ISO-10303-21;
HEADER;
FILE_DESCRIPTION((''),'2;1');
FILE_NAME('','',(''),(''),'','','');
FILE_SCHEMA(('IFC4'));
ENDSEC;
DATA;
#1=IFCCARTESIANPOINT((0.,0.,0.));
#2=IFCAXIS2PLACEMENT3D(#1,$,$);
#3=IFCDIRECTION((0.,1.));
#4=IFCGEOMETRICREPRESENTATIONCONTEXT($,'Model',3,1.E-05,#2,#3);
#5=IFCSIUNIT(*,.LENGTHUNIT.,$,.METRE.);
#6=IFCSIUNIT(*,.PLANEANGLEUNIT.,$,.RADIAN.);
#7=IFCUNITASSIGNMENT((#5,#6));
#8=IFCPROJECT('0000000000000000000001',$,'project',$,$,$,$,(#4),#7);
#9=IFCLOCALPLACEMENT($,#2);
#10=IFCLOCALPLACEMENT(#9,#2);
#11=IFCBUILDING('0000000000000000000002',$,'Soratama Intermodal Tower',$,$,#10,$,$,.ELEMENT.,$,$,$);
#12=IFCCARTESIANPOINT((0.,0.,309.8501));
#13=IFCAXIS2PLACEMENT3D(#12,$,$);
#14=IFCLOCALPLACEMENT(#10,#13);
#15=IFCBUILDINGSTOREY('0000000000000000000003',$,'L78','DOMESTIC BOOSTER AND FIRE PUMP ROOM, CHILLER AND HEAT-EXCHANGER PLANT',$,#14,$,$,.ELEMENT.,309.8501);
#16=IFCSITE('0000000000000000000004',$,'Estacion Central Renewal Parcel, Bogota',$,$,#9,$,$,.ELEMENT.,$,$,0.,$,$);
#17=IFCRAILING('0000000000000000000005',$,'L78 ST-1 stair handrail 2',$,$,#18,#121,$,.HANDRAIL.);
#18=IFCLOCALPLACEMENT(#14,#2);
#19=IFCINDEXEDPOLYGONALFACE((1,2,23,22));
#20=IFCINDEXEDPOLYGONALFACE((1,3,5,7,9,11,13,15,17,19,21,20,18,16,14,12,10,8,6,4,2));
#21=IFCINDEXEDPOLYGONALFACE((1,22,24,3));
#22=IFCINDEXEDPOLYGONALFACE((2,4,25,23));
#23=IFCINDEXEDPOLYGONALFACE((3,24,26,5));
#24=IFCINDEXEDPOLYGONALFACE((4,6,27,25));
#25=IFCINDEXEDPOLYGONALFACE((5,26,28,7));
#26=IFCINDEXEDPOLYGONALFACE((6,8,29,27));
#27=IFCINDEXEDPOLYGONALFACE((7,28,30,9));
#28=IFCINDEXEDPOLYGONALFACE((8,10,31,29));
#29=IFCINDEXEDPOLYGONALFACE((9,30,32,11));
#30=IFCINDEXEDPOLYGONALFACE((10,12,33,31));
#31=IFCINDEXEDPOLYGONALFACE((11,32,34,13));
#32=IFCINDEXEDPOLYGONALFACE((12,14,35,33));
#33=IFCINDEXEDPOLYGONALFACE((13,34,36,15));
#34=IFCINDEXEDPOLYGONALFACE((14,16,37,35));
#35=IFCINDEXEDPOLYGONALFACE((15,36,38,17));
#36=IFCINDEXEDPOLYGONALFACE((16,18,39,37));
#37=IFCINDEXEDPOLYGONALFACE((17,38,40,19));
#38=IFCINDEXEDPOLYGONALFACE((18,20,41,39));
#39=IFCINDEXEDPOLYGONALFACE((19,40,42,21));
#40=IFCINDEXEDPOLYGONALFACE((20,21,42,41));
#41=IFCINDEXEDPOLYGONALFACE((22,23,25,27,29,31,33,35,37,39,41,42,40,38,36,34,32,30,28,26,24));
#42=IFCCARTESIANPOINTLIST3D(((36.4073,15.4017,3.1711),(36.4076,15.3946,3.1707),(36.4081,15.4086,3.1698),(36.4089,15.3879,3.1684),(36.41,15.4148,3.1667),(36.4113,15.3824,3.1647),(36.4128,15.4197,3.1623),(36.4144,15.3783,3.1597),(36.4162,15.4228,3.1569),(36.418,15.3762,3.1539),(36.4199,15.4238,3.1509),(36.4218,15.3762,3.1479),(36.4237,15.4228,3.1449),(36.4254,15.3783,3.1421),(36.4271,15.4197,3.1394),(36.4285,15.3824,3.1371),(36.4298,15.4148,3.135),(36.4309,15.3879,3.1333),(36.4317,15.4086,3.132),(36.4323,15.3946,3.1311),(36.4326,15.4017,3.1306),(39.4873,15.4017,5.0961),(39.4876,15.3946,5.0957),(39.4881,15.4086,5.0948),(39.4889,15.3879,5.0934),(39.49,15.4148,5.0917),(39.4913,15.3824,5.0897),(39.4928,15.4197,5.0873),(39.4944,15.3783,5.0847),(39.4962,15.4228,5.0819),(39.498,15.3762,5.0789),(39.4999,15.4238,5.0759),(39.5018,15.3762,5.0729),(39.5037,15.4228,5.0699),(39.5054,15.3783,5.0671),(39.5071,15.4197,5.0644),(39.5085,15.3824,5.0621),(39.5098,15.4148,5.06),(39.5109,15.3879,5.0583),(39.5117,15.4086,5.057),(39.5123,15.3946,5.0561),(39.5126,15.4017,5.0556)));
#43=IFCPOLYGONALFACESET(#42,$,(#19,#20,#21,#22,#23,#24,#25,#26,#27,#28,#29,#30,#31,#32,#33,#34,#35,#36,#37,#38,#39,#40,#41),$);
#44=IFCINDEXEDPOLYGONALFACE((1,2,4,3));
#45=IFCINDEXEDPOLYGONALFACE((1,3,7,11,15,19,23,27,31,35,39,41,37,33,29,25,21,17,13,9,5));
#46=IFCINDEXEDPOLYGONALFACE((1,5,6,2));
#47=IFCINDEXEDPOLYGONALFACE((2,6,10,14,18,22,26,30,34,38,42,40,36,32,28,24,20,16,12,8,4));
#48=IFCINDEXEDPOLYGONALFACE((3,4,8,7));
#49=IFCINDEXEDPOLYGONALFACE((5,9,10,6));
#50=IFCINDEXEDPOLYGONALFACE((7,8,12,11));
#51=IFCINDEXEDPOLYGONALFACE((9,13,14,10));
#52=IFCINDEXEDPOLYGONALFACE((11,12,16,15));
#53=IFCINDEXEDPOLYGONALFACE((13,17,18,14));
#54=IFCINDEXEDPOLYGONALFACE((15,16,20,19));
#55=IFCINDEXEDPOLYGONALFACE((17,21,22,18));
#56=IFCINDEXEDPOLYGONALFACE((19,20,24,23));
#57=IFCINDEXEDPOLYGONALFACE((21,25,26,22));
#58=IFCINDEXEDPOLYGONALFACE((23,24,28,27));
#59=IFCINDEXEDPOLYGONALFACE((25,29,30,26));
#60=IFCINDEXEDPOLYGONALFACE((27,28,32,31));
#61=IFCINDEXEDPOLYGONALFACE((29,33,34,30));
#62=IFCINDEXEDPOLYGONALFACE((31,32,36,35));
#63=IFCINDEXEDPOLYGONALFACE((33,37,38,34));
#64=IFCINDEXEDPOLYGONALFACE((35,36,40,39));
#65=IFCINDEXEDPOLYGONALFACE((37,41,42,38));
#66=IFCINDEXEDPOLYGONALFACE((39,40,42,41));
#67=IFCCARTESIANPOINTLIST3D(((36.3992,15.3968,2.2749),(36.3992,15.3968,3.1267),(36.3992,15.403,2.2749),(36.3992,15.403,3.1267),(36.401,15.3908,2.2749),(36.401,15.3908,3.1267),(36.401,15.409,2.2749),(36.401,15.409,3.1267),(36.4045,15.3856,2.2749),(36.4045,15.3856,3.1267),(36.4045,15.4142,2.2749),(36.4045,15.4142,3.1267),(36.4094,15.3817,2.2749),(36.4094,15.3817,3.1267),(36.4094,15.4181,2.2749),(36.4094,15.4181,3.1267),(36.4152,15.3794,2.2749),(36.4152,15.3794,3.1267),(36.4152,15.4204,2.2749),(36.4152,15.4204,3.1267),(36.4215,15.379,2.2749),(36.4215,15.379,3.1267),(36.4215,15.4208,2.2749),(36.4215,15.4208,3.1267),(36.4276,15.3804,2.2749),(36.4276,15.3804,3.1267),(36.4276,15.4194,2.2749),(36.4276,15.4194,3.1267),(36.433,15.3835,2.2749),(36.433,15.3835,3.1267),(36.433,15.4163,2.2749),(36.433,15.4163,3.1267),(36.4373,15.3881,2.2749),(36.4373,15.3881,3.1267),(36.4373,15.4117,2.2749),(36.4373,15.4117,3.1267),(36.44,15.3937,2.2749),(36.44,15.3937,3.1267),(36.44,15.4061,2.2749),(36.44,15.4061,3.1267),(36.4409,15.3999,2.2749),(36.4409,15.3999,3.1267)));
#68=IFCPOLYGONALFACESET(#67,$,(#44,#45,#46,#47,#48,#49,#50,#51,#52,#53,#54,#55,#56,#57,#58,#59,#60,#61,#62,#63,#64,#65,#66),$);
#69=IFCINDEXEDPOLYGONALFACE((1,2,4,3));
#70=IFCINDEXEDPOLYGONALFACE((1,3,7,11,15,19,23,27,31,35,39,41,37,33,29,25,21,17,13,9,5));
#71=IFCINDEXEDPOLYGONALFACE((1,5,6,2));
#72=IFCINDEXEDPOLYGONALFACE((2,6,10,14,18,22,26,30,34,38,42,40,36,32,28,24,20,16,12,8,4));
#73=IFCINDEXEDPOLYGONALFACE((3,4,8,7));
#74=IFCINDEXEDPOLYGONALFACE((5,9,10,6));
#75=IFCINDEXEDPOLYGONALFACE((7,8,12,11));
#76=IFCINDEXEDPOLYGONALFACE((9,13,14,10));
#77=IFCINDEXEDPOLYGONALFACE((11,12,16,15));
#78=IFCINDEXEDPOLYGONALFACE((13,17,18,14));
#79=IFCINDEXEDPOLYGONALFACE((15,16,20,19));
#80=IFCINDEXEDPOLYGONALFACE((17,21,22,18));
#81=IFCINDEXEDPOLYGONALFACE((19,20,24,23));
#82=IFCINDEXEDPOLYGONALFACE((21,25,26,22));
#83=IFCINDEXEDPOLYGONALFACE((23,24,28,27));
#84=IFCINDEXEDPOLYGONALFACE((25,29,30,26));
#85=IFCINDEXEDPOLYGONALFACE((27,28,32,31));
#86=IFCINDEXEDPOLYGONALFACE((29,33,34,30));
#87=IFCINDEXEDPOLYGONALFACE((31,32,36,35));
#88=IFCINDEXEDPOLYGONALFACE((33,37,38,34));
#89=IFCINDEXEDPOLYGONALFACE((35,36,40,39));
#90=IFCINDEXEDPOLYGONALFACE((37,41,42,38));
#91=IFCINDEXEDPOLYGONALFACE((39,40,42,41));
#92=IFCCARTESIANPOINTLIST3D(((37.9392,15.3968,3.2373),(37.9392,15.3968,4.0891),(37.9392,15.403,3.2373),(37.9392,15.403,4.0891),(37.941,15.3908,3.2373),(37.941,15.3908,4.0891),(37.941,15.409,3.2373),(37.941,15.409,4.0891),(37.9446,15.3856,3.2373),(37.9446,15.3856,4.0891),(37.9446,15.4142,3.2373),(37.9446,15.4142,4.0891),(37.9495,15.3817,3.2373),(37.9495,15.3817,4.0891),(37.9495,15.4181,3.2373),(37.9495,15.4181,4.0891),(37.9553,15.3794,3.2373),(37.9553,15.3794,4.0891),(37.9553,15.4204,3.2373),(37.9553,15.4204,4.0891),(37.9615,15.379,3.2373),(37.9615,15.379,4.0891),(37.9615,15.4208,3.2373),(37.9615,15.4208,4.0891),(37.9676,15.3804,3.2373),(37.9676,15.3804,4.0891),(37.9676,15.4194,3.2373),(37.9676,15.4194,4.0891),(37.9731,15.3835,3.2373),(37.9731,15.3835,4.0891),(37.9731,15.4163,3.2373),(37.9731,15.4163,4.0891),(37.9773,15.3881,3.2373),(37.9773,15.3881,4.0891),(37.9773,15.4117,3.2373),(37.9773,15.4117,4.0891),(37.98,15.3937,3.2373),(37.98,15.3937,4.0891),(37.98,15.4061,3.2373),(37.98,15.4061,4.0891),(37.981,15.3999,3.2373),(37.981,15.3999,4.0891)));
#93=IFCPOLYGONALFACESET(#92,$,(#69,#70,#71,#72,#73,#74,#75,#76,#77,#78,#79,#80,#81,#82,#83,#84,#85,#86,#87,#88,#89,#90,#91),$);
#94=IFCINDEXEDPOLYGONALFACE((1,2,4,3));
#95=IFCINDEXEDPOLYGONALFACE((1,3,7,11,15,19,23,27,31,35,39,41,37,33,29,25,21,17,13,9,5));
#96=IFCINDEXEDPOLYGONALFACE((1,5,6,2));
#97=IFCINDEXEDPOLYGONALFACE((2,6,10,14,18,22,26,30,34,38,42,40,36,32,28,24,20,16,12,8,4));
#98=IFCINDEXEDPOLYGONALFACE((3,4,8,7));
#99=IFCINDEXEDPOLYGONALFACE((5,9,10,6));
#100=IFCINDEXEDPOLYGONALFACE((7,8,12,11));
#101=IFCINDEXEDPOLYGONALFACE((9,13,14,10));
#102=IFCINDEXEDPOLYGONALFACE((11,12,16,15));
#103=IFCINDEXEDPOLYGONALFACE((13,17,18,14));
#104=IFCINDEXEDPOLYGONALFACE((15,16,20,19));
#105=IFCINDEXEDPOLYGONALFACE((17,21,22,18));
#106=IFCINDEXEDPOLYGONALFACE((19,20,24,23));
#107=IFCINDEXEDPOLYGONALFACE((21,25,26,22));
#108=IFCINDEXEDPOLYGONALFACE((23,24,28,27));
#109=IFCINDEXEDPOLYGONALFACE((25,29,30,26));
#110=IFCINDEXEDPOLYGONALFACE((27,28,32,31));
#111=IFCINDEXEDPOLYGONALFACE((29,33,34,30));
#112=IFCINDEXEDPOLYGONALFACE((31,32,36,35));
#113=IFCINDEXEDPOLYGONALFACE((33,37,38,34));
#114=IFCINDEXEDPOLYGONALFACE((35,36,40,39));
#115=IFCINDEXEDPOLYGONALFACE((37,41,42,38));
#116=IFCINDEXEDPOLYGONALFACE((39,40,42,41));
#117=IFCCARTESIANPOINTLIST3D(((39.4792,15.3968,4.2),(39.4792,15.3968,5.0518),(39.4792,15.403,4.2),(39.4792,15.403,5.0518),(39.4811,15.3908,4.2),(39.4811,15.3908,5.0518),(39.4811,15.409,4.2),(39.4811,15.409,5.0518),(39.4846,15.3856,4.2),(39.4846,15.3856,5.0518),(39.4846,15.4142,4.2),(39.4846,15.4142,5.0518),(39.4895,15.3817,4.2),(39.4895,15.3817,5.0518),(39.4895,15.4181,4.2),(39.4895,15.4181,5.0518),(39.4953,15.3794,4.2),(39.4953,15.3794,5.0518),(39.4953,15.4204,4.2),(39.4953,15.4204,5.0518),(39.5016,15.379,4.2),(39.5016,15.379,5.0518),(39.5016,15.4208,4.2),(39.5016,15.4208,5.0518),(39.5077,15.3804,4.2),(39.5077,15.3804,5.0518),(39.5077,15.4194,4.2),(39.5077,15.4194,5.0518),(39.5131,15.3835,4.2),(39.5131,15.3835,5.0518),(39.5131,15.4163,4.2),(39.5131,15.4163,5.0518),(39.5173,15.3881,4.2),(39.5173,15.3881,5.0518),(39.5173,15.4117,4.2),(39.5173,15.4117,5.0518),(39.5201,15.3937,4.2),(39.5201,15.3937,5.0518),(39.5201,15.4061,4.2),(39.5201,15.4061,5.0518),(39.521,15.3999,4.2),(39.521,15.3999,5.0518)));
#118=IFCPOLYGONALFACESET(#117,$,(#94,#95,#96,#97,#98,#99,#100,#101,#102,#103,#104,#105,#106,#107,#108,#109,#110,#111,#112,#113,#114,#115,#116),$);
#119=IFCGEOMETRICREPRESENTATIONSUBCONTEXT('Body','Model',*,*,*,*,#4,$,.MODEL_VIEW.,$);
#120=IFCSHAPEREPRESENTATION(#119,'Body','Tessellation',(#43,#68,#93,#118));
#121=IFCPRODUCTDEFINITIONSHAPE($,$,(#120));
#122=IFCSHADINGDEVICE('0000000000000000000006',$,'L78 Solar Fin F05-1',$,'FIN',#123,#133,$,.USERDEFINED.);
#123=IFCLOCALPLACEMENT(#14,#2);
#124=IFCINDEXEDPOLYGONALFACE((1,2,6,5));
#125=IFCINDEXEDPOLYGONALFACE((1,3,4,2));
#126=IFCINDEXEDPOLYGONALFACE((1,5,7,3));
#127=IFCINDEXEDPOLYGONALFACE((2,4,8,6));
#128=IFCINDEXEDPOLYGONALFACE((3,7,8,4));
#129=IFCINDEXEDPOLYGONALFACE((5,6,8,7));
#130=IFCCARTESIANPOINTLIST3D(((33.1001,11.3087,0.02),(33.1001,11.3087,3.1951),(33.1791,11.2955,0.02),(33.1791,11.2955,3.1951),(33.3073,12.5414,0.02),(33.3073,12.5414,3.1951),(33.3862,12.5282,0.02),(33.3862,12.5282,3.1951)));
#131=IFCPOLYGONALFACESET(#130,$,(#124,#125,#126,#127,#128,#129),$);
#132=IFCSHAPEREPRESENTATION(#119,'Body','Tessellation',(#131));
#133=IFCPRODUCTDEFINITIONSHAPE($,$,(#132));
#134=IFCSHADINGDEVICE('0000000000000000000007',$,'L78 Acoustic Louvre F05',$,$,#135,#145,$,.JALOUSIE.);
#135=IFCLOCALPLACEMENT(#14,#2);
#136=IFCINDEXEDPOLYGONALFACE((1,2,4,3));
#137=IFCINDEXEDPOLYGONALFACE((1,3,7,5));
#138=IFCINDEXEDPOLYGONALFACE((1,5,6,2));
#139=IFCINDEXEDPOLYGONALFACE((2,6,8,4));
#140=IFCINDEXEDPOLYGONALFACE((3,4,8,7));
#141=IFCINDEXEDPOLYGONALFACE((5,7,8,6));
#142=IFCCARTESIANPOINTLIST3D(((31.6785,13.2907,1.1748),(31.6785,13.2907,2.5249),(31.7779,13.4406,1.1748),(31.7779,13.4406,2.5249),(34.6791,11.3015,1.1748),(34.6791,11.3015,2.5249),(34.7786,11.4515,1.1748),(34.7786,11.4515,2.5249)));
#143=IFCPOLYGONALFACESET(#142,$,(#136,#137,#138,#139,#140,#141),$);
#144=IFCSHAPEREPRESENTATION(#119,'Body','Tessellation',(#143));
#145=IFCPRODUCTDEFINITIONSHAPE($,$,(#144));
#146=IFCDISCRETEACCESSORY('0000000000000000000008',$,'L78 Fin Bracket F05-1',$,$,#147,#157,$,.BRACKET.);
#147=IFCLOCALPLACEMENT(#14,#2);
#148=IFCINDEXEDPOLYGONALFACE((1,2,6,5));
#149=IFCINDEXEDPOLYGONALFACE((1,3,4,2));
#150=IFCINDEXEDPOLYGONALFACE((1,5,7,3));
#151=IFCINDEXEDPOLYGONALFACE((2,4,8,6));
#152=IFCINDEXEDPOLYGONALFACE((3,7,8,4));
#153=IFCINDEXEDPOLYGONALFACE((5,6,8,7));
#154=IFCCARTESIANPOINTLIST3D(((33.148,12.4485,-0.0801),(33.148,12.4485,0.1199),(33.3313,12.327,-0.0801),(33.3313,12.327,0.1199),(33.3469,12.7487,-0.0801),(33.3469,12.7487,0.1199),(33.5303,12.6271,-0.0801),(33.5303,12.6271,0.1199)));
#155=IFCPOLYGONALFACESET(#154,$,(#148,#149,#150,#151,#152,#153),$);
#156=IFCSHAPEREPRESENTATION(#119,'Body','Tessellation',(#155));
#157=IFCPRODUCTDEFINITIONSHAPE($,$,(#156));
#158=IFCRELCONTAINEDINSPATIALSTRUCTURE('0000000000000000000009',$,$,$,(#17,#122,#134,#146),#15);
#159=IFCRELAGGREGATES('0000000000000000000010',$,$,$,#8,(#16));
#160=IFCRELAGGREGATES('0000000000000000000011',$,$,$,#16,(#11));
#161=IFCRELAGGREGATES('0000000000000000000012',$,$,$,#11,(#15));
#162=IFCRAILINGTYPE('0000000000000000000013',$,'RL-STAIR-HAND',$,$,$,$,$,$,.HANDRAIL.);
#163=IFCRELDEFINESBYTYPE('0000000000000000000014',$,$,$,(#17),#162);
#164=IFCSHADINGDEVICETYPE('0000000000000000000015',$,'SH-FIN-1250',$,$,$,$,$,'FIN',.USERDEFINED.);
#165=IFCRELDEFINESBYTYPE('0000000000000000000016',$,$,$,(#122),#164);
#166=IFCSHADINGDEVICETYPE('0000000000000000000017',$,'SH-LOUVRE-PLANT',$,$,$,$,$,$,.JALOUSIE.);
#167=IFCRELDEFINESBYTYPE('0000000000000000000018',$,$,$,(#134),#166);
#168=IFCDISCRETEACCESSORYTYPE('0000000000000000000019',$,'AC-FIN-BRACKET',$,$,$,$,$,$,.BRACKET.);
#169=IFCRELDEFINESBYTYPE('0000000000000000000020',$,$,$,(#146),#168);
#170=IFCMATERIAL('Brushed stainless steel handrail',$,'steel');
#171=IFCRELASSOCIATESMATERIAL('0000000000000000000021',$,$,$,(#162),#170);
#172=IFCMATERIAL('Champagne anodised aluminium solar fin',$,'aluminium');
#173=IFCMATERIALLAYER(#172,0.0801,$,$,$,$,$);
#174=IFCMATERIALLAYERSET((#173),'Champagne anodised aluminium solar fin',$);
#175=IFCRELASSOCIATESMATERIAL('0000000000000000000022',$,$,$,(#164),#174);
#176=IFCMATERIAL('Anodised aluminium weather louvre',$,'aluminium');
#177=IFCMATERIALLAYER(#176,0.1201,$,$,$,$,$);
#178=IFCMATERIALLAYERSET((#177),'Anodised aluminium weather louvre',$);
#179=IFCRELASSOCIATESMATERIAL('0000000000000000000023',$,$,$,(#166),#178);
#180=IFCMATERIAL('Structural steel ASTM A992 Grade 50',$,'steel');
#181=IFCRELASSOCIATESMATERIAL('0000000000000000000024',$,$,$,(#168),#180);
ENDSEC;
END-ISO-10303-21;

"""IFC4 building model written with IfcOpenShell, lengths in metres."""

from ifc_helpers import new_model, si_unit, direction, frame, origin, origin_2d, place, context, subcontext, project, spatial, rectangle, circle, extrude, material, layer, layer_set, type_object, element, save


model = new_model("IFC4")

# Units and contexts
model_context = context("Model", 3, precision=1e-05, world=origin(), true_north=direction((0.0, 1.0)))
body_context = subcontext(model_context, "Body", "Model", "MODEL_VIEW")
ifc_project = project(units=[si_unit("LENGTHUNIT", "METRE"), si_unit("PLANEANGLEUNIT", "RADIAN")], contexts=[model_context])

# Site, building, storey
site_placement = place(None, origin())
site = spatial("IfcSite", under=ifc_project, at=site_placement, Name="Estacion Central Renewal Parcel, Bogota", CompositionType="ELEMENT", RefElevation=0.0)
building_placement = place(site_placement, origin())
building = spatial("IfcBuilding", under=site, at=building_placement, Name="Soratama Intermodal Tower", CompositionType="ELEMENT")
storey_placement = place(building_placement, frame((0.0, 0.0, 309.8501)))
storey = spatial("IfcBuildingStorey", under=building, at=storey_placement, Name="L78", Description="DOMESTIC BOOSTER AND FIRE PUMP ROOM, CHILLER AND HEAT-EXCHANGER PLANT", CompositionType="ELEMENT", Elevation=309.8501)

# Railing
ifc_material_1 = material(Name="Brushed stainless steel handrail", Category="steel")
railing_type_1 = type_object("IfcRailingType", Name="RL-STAIR-HAND", PredefinedType="HANDRAIL", material=ifc_material_1)
railing_1_placement = place(storey_placement, frame((36.4199, 15.3999, 2.2749)))
element("IfcRailing", 1, at=railing_1_placement, inside=storey, type_object=railing_type_1, Name="L78 ST-1 stair handrail 2", PredefinedType="HANDRAIL", context=body_context, shape_type="SweptSolid", body=[
    extrude(circle(Radius=0.0239, at=origin_2d()), frame((0.0, 0.0, 0.876), z_axis=(0.847998, 0.0, 0.529999), x_axis=(0.0, 1.0, 0.0)), (0.0, 0.0, 1.0), 3.6321),
    extrude(circle(Radius=0.021, at=origin_2d()), origin(), (0.0, 0.0, 1.0), 0.8518),
    extrude(circle(Radius=0.021, at=origin_2d()), frame((1.54, 0.0, 0.9624)), (0.0, 0.0, 1.0), 0.8518),
    extrude(circle(Radius=0.021, at=origin_2d()), frame((3.0801, 0.0, 1.925)), (0.0, 0.0, 1.0), 0.8518),
])

# Shading devices
ifc_material_2 = material(Name="Champagne anodised aluminium solar fin", Category="aluminium")
ifc_layer_1 = layer(ifc_material_2, 0.0801)
ifc_layer_set_1 = layer_set([ifc_layer_1], Name="Champagne anodised aluminium solar fin")
shading_device_type_1 = type_object("IfcShadingDeviceType", Name="SH-FIN-1250", ElementType="FIN", PredefinedType="USERDEFINED", material=ifc_layer_set_1)
shading_device_1_placement = place(storey_placement, frame((33.2432, 11.9185, 0.02), z_axis=(0.0, 0.0, 1.0), x_axis=(-0.165736, -0.98617, 0.0)))
element("IfcShadingDevice", 2, at=shading_device_1_placement, inside=storey, type_object=shading_device_type_1, Name="L78 Solar Fin F05-1", ObjectType="FIN", PredefinedType="USERDEFINED", context=body_context, shape_type="SweptSolid", body=[
    extrude(rectangle(XDim=1.25, YDim=0.0801, at=origin_2d()), origin(), (0.0, 0.0, 1.0), 3.175),
])
ifc_material_3 = material(Name="Anodised aluminium weather louvre", Category="aluminium")
ifc_layer_2 = layer(ifc_material_3, 0.1201)
ifc_layer_set_2 = layer_set([ifc_layer_2], Name="Anodised aluminium weather louvre")
shading_device_type_2 = type_object("IfcShadingDeviceType", Name="SH-LOUVRE-PLANT", PredefinedType="JALOUSIE", material=ifc_layer_set_2)
shading_device_2_placement = place(storey_placement, frame((33.2285, 12.3711, 1.1748), z_axis=(0.0, 0.0, 1.0), x_axis=(0.8335, -0.552519, 0.0)))
element("IfcShadingDevice", 3, at=shading_device_2_placement, inside=storey, type_object=shading_device_type_2, Name="L78 Acoustic Louvre F05", PredefinedType="JALOUSIE", context=body_context, shape_type="SweptSolid", body=[
    extrude(rectangle(XDim=3.6001, YDim=0.1799, at=origin_2d()), origin(), (0.0, 0.0, 1.0), 1.3501),
])

# Discrete accessory
ifc_material_4 = material(Name="Structural steel ASTM A992 Grade 50", Category="steel")
discrete_accessory_type = type_object("IfcDiscreteAccessoryType", Name="AC-FIN-BRACKET", PredefinedType="BRACKET", material=ifc_material_4)
discrete_accessory_placement = place(storey_placement, frame((33.3391, 12.5378, -0.0801), z_axis=(0.0, 0.0, 1.0), x_axis=(-0.552519, -0.8335, 0.0)))
element("IfcDiscreteAccessory", 4, at=discrete_accessory_placement, inside=storey, type_object=discrete_accessory_type, Name="L78 Fin Bracket F05-1", PredefinedType="BRACKET", context=body_context, shape_type="SweptSolid", body=[
    extrude(rectangle(XDim=0.3601, YDim=0.22, at=origin_2d()), origin(), (0.0, 0.0, 1.0), 0.2),
])

save(model, "model.ifc")
